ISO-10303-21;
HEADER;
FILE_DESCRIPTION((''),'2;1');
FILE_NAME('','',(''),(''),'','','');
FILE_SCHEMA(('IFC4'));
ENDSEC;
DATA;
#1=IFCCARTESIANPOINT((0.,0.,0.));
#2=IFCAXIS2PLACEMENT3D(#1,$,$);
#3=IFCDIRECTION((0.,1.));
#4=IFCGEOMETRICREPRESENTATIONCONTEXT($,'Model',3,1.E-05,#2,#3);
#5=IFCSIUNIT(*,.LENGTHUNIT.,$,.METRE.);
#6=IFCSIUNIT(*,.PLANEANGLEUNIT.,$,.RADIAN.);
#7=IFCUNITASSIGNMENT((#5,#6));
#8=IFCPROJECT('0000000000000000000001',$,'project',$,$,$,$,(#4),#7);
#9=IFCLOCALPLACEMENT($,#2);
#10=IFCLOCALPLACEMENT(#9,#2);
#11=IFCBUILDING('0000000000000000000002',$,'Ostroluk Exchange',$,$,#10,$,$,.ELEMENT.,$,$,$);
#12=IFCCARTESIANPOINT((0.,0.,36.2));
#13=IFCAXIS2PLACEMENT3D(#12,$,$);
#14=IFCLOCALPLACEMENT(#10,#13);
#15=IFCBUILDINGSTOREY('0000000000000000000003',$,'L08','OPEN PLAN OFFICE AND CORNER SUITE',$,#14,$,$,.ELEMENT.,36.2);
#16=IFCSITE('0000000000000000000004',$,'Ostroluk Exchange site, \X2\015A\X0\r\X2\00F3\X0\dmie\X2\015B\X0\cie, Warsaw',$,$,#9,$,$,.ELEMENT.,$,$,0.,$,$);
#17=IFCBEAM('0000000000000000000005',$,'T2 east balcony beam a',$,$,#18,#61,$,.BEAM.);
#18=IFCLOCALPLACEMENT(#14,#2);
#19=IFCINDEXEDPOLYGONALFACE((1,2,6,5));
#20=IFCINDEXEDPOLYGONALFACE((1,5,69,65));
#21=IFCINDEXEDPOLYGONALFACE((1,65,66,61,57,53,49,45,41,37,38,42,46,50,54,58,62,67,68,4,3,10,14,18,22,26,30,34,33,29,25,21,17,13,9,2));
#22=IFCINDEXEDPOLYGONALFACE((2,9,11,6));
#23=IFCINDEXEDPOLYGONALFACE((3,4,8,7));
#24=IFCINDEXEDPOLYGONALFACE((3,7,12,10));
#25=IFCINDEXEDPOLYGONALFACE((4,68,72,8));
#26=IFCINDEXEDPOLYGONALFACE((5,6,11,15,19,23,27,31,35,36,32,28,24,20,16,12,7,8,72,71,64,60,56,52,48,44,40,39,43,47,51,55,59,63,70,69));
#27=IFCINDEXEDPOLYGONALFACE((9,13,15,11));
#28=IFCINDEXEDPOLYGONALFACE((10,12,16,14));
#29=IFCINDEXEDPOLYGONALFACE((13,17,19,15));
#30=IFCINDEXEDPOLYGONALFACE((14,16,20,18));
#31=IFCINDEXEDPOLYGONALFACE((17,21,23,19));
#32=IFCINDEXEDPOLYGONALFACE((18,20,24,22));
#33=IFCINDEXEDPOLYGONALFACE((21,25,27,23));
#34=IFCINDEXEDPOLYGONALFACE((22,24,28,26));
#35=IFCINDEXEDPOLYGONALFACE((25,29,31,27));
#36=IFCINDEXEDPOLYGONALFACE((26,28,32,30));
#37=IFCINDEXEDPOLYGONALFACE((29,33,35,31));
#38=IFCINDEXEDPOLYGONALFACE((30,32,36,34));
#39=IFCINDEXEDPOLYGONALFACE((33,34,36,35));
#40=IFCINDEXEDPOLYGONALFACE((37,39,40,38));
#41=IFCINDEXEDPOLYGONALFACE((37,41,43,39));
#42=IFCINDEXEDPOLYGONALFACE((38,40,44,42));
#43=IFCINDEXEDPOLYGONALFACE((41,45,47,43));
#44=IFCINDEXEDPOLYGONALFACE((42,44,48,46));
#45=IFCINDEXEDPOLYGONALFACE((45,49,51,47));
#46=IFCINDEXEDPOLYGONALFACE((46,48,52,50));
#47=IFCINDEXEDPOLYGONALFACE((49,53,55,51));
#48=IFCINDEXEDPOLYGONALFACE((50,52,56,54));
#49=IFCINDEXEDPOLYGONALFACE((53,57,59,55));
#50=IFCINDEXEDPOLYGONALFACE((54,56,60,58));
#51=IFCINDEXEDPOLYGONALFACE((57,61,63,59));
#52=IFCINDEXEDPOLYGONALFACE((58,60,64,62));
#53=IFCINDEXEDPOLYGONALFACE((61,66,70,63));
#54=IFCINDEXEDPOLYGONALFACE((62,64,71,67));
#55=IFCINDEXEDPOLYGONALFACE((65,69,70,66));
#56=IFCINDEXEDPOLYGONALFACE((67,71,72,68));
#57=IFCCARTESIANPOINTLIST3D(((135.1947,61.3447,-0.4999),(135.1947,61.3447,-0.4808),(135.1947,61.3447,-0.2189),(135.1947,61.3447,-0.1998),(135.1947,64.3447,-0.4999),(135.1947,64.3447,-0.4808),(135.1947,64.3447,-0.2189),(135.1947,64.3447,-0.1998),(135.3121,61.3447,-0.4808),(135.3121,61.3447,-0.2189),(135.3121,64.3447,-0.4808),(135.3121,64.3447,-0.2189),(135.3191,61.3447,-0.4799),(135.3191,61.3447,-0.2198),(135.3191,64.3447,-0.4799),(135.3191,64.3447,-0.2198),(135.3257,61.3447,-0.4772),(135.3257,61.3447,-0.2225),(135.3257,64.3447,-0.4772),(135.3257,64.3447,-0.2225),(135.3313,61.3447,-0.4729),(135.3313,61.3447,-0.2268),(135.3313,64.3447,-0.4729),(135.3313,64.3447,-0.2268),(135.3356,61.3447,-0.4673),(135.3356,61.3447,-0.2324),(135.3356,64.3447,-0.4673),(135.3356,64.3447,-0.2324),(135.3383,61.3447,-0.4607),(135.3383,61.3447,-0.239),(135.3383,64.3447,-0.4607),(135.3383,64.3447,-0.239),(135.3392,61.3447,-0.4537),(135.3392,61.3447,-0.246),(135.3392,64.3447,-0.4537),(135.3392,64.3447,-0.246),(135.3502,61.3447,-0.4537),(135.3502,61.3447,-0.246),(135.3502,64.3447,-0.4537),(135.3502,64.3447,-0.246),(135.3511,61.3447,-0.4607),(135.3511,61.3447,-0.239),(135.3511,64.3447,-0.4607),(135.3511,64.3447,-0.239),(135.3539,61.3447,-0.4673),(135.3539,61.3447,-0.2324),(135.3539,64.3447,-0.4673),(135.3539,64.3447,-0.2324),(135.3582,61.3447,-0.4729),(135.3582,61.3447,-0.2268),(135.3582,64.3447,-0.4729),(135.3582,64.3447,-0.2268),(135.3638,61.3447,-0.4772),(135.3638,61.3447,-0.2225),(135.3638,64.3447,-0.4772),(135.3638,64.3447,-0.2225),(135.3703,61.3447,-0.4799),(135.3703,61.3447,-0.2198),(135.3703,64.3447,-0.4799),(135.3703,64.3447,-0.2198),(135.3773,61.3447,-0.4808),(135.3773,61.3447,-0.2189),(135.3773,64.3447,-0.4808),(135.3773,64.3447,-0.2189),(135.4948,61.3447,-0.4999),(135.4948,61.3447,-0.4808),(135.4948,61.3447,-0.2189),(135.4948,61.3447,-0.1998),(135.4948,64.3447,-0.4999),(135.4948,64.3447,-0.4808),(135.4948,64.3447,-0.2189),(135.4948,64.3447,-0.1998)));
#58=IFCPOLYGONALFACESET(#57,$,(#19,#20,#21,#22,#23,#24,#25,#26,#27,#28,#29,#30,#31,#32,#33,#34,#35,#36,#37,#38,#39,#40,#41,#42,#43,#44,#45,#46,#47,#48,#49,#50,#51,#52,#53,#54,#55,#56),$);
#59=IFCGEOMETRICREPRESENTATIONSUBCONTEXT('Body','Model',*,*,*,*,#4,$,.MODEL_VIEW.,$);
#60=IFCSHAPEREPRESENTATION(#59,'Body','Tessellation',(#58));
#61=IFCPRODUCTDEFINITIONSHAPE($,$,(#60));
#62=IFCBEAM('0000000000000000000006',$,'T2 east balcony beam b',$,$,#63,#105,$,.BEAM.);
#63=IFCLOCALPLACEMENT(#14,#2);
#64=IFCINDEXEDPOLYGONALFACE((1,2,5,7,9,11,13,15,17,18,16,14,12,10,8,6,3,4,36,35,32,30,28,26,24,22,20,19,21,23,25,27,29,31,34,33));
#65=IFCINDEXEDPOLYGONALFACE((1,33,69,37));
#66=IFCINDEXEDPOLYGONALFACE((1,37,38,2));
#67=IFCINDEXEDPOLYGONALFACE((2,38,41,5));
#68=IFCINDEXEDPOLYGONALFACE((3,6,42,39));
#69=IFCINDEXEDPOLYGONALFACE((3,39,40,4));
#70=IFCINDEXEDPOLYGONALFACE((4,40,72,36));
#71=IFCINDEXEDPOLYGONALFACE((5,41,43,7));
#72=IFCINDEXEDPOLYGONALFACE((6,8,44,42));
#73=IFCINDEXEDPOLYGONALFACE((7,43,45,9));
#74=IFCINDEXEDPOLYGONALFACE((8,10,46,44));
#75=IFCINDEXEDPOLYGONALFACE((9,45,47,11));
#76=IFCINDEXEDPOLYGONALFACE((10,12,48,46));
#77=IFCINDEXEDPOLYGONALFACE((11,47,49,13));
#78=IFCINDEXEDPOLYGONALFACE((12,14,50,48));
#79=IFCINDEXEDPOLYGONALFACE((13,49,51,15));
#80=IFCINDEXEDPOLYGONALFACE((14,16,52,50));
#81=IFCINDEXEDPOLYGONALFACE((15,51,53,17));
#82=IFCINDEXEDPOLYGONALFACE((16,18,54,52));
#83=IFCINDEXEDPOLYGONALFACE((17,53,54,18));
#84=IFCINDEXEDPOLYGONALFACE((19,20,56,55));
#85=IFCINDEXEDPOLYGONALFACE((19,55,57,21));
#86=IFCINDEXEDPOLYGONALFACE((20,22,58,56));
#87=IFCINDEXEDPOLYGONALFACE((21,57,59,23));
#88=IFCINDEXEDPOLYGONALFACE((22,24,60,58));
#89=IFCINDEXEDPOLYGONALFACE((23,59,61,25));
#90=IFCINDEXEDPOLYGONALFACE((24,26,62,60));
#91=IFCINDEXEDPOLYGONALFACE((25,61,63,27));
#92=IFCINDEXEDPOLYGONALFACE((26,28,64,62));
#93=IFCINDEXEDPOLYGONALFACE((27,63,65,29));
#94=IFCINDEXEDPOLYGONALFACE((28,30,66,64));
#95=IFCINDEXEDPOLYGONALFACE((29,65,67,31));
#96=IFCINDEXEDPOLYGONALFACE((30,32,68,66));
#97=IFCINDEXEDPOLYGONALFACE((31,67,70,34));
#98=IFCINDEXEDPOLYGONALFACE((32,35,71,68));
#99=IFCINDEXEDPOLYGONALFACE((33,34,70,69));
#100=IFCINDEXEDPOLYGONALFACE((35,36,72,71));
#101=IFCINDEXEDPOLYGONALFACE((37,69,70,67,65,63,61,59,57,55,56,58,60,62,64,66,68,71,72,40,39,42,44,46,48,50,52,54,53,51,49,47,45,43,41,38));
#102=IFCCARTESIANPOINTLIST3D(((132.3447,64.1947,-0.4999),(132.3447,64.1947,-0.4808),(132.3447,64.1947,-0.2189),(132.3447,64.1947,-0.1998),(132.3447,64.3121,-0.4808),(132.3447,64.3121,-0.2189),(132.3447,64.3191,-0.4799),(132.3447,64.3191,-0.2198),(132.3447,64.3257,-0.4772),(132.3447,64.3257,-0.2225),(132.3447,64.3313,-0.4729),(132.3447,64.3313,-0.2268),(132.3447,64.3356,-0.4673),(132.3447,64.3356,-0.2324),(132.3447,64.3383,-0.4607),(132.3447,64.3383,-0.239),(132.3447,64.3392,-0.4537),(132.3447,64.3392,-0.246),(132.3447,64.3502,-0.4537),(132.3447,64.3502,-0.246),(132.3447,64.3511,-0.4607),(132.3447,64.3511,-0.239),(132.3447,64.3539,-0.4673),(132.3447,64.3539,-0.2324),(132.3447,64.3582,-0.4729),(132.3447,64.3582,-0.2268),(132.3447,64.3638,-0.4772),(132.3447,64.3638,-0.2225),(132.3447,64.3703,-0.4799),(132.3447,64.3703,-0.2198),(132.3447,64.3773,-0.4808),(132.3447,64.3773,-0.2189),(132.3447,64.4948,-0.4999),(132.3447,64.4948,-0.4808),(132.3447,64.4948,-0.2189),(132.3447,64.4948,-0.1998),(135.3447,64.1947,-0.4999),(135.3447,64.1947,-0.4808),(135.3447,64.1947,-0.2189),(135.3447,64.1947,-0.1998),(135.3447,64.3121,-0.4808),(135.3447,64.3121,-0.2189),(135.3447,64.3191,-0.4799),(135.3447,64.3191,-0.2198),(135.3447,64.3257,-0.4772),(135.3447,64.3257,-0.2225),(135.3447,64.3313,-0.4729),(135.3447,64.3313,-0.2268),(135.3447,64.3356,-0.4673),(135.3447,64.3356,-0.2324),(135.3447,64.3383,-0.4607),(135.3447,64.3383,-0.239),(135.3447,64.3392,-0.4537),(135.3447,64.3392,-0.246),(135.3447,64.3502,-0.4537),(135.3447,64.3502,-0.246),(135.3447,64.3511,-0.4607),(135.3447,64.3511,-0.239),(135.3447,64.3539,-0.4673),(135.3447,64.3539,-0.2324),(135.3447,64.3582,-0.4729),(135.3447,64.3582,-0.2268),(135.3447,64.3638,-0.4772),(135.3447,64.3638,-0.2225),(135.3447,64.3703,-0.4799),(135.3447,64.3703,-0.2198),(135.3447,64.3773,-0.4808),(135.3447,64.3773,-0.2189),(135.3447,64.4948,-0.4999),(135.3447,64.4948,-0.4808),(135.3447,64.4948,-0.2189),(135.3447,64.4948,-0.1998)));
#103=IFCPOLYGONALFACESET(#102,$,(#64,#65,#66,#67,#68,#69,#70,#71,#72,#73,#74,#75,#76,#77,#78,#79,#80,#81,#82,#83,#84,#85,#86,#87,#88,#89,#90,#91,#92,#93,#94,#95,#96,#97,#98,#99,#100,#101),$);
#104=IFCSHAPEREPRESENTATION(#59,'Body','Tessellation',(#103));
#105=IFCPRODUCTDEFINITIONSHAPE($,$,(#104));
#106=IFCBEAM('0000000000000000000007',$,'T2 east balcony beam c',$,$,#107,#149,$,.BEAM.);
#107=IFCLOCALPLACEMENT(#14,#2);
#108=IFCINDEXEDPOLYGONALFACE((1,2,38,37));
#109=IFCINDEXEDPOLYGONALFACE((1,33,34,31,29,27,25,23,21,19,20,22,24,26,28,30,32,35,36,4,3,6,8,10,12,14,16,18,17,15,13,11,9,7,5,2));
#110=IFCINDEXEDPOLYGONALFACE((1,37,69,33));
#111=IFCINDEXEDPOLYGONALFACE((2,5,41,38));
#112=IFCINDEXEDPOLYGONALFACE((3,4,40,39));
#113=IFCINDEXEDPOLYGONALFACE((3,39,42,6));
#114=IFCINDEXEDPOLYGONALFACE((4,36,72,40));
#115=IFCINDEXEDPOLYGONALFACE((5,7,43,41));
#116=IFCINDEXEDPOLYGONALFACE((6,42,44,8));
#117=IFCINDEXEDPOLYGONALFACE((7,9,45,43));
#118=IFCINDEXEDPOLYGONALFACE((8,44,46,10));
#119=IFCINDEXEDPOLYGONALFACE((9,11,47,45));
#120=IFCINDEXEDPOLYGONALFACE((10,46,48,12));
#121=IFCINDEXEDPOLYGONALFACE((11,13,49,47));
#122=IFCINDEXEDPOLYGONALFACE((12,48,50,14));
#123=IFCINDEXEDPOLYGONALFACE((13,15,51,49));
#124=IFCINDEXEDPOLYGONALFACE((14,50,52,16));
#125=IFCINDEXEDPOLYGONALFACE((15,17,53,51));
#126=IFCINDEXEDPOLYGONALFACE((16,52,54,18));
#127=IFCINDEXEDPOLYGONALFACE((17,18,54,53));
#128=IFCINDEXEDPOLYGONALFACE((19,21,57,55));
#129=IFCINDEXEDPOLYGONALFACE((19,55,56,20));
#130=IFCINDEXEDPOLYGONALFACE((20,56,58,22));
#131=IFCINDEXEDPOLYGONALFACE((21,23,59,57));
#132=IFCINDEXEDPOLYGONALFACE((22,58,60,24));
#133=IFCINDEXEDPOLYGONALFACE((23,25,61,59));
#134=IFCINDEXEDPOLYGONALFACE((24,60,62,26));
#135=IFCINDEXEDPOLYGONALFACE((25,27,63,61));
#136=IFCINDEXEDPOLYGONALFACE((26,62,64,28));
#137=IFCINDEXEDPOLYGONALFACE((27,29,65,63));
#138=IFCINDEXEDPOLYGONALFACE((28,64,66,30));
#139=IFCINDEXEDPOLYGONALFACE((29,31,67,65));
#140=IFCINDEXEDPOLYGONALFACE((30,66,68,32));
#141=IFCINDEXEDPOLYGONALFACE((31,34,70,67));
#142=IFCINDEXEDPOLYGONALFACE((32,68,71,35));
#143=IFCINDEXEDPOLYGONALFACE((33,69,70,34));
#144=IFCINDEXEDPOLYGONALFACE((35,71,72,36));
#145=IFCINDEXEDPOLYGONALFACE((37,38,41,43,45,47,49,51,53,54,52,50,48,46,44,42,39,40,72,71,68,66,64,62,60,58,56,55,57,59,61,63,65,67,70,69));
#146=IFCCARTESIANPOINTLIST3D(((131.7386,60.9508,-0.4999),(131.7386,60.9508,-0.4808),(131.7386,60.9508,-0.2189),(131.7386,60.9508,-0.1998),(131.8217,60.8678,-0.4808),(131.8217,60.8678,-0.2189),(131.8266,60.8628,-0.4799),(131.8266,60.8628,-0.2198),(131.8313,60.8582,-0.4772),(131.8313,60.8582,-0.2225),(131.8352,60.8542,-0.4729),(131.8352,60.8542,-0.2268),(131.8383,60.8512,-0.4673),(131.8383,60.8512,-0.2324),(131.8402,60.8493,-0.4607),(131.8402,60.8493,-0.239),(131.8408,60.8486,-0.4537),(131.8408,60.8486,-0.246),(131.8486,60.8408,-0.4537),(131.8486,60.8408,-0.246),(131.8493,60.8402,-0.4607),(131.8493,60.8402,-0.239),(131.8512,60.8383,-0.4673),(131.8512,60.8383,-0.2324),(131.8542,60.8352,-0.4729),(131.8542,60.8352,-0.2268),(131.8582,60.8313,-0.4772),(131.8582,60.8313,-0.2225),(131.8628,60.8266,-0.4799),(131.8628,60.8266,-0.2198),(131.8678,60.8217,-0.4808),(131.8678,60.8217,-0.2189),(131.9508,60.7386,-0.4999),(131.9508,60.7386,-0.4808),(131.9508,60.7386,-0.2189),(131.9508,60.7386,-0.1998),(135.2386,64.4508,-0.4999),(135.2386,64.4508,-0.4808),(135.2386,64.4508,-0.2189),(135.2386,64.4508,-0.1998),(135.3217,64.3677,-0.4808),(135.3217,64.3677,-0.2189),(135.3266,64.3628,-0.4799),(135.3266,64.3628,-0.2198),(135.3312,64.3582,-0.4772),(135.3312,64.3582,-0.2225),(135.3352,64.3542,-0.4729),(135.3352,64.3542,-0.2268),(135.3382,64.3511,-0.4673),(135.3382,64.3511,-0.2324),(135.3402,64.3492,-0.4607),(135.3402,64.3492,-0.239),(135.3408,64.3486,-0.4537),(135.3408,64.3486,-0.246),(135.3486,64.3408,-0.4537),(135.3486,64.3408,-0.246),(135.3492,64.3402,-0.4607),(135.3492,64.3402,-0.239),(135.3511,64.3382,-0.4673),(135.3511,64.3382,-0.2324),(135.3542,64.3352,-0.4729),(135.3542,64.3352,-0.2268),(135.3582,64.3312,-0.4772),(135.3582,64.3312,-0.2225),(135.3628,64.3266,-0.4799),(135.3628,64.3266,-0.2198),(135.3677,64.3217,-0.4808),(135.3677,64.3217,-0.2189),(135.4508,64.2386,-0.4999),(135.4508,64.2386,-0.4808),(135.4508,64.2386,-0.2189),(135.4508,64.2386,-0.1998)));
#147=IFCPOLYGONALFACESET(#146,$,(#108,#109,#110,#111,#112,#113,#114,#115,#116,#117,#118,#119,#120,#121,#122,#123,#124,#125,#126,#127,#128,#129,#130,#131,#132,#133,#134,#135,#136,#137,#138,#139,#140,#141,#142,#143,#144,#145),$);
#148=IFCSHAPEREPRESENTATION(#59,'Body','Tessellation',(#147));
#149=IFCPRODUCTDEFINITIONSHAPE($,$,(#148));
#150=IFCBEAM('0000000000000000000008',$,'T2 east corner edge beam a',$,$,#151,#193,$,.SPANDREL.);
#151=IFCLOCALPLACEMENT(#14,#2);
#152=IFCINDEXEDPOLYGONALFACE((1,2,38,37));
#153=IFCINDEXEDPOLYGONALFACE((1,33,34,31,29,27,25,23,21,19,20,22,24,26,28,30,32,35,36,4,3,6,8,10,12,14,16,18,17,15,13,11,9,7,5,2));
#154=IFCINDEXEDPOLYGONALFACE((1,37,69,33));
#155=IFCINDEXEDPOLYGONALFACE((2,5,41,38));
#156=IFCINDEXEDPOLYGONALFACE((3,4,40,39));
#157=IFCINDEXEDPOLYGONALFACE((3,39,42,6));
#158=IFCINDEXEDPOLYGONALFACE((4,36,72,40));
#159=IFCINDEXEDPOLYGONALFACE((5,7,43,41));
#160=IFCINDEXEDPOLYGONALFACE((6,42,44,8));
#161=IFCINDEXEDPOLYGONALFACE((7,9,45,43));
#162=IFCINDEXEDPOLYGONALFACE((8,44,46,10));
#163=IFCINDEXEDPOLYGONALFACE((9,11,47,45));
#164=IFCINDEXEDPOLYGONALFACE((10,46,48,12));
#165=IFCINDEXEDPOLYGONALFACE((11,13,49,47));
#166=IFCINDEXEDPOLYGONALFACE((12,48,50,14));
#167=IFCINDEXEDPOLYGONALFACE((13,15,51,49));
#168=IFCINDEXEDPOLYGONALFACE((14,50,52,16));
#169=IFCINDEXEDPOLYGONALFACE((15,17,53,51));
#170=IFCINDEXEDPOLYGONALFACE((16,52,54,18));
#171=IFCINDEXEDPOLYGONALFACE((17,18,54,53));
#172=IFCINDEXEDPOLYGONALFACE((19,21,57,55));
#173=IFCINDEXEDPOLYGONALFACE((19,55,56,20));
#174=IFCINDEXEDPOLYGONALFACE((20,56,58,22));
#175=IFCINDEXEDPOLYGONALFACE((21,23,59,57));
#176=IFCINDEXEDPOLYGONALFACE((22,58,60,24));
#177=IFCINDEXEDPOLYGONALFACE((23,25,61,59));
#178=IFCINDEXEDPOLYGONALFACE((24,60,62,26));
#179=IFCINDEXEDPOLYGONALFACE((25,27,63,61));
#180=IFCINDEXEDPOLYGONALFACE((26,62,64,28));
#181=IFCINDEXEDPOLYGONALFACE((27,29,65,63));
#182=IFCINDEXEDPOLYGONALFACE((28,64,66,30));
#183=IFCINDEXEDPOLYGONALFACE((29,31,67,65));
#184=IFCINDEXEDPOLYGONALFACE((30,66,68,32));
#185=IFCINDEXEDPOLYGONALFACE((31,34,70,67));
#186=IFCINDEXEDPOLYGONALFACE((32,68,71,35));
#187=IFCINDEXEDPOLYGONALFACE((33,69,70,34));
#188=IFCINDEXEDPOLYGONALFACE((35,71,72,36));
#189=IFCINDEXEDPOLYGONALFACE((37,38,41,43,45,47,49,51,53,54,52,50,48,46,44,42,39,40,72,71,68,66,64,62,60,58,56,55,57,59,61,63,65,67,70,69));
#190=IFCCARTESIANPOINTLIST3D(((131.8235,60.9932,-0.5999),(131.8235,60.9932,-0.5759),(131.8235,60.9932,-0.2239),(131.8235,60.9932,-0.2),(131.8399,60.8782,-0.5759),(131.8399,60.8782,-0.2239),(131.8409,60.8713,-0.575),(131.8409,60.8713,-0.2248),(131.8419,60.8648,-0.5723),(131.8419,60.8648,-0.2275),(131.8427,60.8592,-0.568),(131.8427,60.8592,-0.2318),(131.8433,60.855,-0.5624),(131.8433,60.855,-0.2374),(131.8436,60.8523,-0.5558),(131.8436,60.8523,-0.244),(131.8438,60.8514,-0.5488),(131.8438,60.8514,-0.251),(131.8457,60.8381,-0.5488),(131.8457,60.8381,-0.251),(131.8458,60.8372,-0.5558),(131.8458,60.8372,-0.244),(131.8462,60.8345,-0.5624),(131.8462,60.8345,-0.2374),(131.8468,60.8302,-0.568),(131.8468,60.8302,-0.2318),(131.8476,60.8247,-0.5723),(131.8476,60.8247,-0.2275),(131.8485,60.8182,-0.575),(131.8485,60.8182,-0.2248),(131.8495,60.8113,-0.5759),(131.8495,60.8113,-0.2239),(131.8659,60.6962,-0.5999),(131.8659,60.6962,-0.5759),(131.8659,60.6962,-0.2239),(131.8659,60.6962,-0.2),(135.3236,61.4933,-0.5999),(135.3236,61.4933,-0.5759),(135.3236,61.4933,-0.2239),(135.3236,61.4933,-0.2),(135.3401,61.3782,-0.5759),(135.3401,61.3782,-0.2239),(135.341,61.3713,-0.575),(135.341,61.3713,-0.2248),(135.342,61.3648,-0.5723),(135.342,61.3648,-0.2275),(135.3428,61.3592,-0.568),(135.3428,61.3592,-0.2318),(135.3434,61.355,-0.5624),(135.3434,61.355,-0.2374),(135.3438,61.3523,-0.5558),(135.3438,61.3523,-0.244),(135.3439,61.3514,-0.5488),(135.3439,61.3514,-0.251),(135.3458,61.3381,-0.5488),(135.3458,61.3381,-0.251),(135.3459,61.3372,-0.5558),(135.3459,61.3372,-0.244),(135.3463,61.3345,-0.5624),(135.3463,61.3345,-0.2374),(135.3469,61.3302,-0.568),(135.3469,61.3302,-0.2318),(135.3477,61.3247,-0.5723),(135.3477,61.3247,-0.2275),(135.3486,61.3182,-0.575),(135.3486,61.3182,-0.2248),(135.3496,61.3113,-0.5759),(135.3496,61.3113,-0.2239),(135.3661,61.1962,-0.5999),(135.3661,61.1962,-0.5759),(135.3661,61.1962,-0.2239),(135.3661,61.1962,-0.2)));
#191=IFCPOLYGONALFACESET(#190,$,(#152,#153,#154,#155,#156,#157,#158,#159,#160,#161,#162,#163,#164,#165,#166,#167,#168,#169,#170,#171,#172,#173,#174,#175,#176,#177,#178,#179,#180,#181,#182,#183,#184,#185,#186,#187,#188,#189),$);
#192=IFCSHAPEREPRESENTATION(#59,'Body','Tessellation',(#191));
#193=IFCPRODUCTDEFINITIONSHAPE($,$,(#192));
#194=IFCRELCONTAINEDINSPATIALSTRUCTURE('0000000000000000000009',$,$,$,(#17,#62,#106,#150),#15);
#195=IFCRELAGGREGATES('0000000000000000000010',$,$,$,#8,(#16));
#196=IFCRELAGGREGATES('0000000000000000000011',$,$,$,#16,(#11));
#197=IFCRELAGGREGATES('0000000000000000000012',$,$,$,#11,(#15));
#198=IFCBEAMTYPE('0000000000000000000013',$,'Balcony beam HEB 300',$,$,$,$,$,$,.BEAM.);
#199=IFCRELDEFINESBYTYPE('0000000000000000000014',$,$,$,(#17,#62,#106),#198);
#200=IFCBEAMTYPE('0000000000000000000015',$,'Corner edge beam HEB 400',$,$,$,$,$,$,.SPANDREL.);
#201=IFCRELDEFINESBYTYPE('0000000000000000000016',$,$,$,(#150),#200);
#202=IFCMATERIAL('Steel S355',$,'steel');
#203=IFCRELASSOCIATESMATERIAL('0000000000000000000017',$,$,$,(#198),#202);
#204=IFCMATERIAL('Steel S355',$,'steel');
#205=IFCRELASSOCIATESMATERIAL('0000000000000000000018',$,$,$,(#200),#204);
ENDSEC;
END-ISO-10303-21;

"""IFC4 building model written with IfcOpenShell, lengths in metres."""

from ifc_helpers import new_model, si_unit, direction, frame, origin, origin_2d, place, context, subcontext, project, spatial, i_section, extrude, material, material_profile, profile_set, type_object, element, save


model = new_model("IFC4")

# Units and contexts
model_context = context("Model", 3, precision=1e-05, world=origin(), true_north=direction((0.0, 1.0)))
body_context = subcontext(model_context, "Body", "Model", "MODEL_VIEW")
ifc_project = project(units=[si_unit("LENGTHUNIT", "METRE"), si_unit("PLANEANGLEUNIT", "RADIAN")], contexts=[model_context])

# Site, building, storey
site_placement = place(None, origin())
site = spatial("IfcSite", under=ifc_project, at=site_placement, Name="Ostroluk Exchange site, Śródmieście, Warsaw", CompositionType="ELEMENT", RefElevation=0.0)
building_placement = place(site_placement, origin())
building = spatial("IfcBuilding", under=site, at=building_placement, Name="Ostroluk Exchange", CompositionType="ELEMENT")
storey_placement = place(building_placement, frame((0.0, 0.0, 36.2)))
storey = spatial("IfcBuildingStorey", under=building, at=storey_placement, Name="L08", Description="OPEN PLAN OFFICE AND CORNER SUITE", CompositionType="ELEMENT", Elevation=36.2)

# Beams
ifc_material_1 = material(Name="Steel S355", Category="steel")
ifc_material_profile_1 = material_profile(ifc_material_1, i_section(OverallWidth=0.3, OverallDepth=0.3, WebThickness=0.011, FlangeThickness=0.019, FilletRadius=0.0271, at=origin_2d()), Name="HEB 300")
ifc_profile_set_1 = profile_set([ifc_material_profile_1], Name="Steel S355")
beam_type_1 = type_object("IfcBeamType", Name="Balcony beam HEB 300", PredefinedType="BEAM", material=ifc_profile_set_1)
for number, where, z_axis, x_axis, name in (
    (1, (135.3447, 61.3447, -0.3499), (0.0, 1.0, 0.0), (-1.0, 0.0, 0.0), "T2 east balcony beam a"),
    (2, (132.3447, 64.3447, -0.3499), (1.0, 0.0, 0.0), (0.0, 1.0, 0.0), "T2 east balcony beam b"),
):
    element("IfcBeam", number, at=place(storey_placement, frame(where, z_axis=z_axis, x_axis=x_axis)), inside=storey, type_object=beam_type_1, Name=name, PredefinedType="BEAM", context=body_context, shape_type="SweptSolid", body=[
        extrude(i_section(OverallWidth=0.3, OverallDepth=0.3, WebThickness=0.011, FlangeThickness=0.019, FilletRadius=0.0271, at=origin_2d()), origin(), (0.0, 0.0, 1.0), 3.0),
    ])
beam_1_placement = place(storey_placement, frame((131.8447, 60.8447, -0.3499), z_axis=(0.707107, 0.707107, 0.0), x_axis=(-0.707107, 0.707107, 0.0)))
element("IfcBeam", 3, at=beam_1_placement, inside=storey, type_object=beam_type_1, Name="T2 east balcony beam c", PredefinedType="BEAM", context=body_context, shape_type="SweptSolid", body=[
    extrude(i_section(OverallWidth=0.3, OverallDepth=0.3, WebThickness=0.011, FlangeThickness=0.019, FilletRadius=0.0271, at=origin_2d()), origin(), (0.0, 0.0, 1.0), 4.9497),
])
ifc_material_2 = material(Name="Steel S355", Category="steel")
ifc_material_profile_2 = material_profile(ifc_material_2, i_section(OverallWidth=0.3, OverallDepth=0.3999, WebThickness=0.0134, FlangeThickness=0.0239, FilletRadius=0.0271, at=origin_2d()), Name="HEB 400")
ifc_profile_set_2 = profile_set([ifc_material_profile_2], Name="Steel S355")
beam_type_2 = type_object("IfcBeamType", Name="Corner edge beam HEB 400", PredefinedType="SPANDREL", material=ifc_profile_set_2)
for number, where, z_axis, x_axis, name in (
    (4, (131.8447, 60.8447, -0.3999), (0.989949, 0.141421, 0.0), (-0.141421, 0.989949, 0.0), "T2 east corner edge beam a"),
):
    element("IfcBeam", number, at=place(storey_placement, frame(where, z_axis=z_axis, x_axis=x_axis)), inside=storey, type_object=beam_type_2, Name=name, PredefinedType="SPANDREL", context=body_context, shape_type="SweptSolid", body=[
        extrude(i_section(OverallWidth=0.3, OverallDepth=0.3999, WebThickness=0.0134, FlangeThickness=0.0239, FilletRadius=0.0271, at=origin_2d()), origin(), (0.0, 0.0, 1.0), 3.5356),
    ])

save(model, "model.ifc")
